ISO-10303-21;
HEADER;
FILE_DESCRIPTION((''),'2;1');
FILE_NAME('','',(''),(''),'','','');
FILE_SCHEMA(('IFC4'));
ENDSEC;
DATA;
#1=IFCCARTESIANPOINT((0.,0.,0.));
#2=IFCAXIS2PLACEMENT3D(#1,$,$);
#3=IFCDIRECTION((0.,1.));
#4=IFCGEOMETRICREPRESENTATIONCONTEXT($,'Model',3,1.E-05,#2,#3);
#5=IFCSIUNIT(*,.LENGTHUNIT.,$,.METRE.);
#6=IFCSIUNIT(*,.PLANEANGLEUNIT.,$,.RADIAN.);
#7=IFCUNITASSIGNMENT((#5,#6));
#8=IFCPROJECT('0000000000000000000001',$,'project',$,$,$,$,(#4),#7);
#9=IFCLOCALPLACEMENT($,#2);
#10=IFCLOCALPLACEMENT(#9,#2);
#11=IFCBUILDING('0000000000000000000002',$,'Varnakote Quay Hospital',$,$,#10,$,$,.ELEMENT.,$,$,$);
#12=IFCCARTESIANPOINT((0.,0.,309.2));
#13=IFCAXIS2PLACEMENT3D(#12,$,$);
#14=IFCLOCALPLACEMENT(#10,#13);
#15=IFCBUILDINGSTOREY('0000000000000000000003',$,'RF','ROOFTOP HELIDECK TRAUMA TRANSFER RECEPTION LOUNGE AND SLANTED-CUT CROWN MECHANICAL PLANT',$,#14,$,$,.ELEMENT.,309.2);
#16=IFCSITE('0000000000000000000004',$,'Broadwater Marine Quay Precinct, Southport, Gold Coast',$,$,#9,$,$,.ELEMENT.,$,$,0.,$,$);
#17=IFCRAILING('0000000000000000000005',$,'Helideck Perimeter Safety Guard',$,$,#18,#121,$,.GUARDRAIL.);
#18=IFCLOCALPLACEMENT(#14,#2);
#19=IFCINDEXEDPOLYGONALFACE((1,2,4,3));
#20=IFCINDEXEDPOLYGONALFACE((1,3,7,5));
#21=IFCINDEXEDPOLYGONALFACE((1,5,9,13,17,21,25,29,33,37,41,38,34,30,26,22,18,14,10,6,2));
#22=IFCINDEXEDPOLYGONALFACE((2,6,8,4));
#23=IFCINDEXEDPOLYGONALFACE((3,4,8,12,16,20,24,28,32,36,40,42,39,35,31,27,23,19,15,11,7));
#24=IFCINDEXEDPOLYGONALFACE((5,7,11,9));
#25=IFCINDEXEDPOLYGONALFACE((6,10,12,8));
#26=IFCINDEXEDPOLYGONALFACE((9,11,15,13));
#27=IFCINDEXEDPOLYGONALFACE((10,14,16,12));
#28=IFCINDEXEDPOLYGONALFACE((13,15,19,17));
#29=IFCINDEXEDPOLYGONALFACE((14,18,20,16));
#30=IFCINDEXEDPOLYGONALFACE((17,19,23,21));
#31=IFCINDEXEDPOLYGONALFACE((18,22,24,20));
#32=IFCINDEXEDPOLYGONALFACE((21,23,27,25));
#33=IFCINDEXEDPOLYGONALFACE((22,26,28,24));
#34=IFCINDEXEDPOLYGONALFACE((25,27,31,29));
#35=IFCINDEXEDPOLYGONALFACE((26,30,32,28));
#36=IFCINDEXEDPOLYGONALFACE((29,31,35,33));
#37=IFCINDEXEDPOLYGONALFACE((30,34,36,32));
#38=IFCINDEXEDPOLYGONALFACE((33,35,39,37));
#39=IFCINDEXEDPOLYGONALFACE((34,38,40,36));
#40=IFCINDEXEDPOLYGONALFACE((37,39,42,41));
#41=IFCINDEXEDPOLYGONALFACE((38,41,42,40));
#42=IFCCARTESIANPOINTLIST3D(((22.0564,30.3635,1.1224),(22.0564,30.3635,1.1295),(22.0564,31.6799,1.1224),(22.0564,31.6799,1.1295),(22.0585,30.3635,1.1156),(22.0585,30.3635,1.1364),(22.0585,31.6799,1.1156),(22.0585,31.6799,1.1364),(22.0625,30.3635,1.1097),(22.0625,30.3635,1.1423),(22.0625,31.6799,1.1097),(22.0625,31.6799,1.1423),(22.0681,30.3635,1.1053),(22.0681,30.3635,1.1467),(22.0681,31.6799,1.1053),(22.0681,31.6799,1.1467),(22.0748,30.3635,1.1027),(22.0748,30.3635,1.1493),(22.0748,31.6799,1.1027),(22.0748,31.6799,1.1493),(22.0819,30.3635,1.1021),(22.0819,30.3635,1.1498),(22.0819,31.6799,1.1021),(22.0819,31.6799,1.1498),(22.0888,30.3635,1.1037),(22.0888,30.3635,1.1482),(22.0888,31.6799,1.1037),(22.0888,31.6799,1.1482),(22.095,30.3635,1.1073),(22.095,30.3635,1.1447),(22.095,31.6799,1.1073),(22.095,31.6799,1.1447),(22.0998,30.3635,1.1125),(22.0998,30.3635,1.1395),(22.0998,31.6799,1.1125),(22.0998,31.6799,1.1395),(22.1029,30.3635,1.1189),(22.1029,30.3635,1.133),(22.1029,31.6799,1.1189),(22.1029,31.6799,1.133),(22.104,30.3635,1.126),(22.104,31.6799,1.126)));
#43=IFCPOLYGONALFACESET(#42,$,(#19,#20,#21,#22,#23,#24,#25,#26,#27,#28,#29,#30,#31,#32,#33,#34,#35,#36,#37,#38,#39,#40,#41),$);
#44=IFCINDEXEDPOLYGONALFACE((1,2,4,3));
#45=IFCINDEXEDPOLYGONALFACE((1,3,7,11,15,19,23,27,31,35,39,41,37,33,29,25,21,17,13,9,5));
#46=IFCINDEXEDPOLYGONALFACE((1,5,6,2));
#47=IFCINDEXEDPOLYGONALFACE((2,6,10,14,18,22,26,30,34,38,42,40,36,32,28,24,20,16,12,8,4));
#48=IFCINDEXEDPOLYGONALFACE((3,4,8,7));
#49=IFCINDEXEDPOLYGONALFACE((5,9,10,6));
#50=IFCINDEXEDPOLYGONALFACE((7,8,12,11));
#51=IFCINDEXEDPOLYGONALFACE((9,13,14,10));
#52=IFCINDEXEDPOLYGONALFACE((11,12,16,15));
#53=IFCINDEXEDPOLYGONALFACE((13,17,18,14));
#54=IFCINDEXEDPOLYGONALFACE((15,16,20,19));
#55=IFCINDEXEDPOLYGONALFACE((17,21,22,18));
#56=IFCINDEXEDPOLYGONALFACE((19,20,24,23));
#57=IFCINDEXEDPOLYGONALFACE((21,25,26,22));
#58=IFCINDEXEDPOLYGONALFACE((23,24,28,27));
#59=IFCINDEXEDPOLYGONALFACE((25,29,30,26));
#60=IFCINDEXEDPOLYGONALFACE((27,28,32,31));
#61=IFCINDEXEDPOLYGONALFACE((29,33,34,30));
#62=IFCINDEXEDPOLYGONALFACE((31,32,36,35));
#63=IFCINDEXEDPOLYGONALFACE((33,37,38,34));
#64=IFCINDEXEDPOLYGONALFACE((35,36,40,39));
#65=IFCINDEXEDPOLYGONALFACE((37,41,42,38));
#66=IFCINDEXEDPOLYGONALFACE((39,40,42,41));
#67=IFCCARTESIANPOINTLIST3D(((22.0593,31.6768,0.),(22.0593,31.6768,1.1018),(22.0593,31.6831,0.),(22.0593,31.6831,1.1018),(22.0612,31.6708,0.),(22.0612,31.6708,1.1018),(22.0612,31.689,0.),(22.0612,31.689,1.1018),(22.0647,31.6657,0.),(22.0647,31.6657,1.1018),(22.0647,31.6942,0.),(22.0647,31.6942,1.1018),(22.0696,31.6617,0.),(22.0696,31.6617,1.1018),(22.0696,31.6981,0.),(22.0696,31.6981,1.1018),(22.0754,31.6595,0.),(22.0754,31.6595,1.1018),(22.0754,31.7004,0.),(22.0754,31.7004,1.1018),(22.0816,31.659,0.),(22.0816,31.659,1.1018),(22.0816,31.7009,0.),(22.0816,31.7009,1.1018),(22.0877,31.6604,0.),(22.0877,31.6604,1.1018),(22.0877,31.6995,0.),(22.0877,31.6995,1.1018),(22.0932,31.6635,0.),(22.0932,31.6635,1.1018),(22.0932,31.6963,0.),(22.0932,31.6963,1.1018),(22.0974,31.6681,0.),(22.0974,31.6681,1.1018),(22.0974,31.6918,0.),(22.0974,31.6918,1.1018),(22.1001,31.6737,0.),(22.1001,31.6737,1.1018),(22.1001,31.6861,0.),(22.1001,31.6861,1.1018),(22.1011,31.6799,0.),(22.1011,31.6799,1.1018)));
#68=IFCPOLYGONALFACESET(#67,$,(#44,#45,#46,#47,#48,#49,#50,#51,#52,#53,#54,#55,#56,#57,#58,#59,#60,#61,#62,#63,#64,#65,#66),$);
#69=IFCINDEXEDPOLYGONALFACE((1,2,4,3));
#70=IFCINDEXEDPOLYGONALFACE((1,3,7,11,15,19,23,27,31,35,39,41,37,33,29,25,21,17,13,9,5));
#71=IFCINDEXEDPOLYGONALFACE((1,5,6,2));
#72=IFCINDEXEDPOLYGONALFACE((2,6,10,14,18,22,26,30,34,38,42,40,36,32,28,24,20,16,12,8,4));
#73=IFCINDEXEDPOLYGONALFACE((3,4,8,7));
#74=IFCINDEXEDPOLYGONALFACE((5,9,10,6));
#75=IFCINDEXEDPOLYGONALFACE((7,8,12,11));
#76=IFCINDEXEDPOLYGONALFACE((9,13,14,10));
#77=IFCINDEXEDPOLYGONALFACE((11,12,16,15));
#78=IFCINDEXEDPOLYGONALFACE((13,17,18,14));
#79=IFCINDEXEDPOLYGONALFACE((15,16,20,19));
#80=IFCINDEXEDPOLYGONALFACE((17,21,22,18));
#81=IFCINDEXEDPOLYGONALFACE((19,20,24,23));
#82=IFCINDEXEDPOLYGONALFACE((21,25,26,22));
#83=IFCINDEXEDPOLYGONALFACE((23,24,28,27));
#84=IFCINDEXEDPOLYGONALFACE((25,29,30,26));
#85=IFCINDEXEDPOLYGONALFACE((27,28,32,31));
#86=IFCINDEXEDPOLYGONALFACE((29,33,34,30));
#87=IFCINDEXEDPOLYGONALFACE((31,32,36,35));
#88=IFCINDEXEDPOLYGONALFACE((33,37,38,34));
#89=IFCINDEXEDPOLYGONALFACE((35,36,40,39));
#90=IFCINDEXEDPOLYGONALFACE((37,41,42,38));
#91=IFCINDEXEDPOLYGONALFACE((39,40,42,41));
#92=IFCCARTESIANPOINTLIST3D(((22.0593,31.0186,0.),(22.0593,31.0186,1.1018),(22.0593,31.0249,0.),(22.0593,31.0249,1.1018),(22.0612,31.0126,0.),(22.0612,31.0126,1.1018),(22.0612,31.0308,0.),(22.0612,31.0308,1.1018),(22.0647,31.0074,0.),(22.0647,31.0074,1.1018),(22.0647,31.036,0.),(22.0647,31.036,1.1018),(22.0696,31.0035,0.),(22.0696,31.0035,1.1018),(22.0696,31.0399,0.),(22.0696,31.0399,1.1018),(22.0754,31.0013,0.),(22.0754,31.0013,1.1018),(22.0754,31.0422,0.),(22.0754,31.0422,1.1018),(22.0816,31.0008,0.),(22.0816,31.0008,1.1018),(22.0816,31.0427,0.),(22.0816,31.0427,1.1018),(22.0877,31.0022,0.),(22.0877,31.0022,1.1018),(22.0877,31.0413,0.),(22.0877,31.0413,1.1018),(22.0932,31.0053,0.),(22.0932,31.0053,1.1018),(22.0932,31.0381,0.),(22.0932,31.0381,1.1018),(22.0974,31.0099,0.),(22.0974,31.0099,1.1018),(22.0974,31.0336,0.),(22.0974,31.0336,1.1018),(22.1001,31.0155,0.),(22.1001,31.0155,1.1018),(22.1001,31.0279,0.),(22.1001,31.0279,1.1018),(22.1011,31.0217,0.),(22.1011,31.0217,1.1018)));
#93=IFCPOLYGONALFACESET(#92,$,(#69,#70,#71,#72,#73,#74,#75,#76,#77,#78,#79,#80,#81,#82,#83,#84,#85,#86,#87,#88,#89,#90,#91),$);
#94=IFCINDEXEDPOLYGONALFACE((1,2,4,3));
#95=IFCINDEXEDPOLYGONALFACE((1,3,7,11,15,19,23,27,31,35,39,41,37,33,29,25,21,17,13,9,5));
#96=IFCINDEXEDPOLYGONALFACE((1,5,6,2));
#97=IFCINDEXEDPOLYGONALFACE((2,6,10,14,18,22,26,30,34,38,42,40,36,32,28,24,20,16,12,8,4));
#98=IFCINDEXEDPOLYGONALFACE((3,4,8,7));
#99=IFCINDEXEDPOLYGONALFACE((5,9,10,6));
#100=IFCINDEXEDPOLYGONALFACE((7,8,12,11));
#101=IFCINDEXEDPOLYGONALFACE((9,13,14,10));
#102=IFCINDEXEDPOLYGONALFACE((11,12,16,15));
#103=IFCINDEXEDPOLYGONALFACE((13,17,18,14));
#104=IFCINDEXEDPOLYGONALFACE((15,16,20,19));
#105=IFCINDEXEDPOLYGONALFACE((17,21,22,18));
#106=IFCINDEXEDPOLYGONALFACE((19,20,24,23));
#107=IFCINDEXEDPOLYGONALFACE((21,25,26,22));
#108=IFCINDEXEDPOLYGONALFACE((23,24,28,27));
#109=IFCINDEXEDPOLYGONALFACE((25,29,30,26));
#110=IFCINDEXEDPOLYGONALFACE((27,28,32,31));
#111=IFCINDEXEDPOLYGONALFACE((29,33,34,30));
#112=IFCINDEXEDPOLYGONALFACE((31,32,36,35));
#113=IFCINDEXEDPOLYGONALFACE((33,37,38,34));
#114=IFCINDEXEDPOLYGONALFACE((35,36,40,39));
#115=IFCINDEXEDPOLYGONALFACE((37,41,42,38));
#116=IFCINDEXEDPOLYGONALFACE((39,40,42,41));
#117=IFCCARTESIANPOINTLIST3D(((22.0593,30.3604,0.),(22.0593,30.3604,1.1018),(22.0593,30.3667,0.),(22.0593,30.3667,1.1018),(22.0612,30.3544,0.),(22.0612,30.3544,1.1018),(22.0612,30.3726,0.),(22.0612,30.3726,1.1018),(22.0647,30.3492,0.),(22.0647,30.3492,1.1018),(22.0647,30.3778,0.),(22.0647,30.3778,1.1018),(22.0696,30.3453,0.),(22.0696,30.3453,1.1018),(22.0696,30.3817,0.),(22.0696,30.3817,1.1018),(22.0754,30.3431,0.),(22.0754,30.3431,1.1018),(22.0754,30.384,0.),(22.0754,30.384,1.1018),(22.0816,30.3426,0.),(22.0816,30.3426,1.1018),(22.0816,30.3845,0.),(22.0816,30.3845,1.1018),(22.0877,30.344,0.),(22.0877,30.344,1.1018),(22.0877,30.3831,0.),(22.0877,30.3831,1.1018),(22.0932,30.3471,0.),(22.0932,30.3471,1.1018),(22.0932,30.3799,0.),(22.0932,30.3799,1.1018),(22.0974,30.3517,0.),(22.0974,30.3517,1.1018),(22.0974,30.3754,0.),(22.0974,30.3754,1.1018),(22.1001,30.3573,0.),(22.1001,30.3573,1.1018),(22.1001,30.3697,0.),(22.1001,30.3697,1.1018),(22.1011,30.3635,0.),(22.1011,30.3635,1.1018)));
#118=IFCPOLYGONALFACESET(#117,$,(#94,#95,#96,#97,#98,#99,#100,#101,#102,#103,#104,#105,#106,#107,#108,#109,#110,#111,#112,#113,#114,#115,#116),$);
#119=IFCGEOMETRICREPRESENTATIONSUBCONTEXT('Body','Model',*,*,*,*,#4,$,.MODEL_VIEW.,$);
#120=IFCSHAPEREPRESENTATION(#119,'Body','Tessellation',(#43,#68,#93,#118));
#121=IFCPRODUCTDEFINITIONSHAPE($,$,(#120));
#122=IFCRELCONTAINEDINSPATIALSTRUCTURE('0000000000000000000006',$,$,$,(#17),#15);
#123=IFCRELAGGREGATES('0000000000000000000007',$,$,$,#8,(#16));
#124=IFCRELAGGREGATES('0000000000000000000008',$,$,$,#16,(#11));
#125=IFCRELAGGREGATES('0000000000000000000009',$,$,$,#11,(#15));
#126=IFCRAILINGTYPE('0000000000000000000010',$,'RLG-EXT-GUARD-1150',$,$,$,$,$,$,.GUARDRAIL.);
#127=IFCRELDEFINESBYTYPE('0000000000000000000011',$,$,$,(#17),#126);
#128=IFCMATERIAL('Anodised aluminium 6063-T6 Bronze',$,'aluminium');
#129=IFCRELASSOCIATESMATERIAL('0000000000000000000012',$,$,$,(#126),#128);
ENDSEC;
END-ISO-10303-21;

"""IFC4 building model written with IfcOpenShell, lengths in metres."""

from ifc_helpers import new_model, si_unit, direction, frame, origin, origin_2d, place, context, subcontext, project, spatial, circle, extrude, material, type_object, element, save


model = new_model("IFC4")

# Units and contexts
model_context = context("Model", 3, precision=1e-05, world=origin(), true_north=direction((0.0, 1.0)))
body_context = subcontext(model_context, "Body", "Model", "MODEL_VIEW")
ifc_project = project(units=[si_unit("LENGTHUNIT", "METRE"), si_unit("PLANEANGLEUNIT", "RADIAN")], contexts=[model_context])

# Site, building, storey
site_placement = place(None, origin())
site = spatial("IfcSite", under=ifc_project, at=site_placement, Name="Broadwater Marine Quay Precinct, Southport, Gold Coast", CompositionType="ELEMENT", RefElevation=0.0)
building_placement = place(site_placement, origin())
building = spatial("IfcBuilding", under=site, at=building_placement, Name="Varnakote Quay Hospital", CompositionType="ELEMENT")
storey_placement = place(building_placement, frame((0.0, 0.0, 309.2)))
storey = spatial("IfcBuildingStorey", under=building, at=storey_placement, Name="RF", Description="ROOFTOP HELIDECK TRAUMA TRANSFER RECEPTION LOUNGE AND SLANTED-CUT CROWN MECHANICAL PLANT", CompositionType="ELEMENT", Elevation=309.2)

# Railing
ifc_material_1 = material(Name="Anodised aluminium 6063-T6 Bronze", Category="aluminium")
railing_type = type_object("IfcRailingType", Name="RLG-EXT-GUARD-1150", PredefinedType="GUARDRAIL", material=ifc_material_1)
railing_1_placement = place(storey_placement, frame((22.0801, 31.6799, 0.0)))
element("IfcRailing", 1, at=railing_1_placement, inside=storey, type_object=railing_type, Name="Helideck Perimeter Safety Guard", PredefinedType="GUARDRAIL", context=body_context, shape_type="SweptSolid", body=[
    extrude(circle(Radius=0.0239, at=origin_2d()), frame((0.0, 0.0, 1.126), z_axis=(0.0, -1.0, 0.0), x_axis=(1.0, 0.0, 0.0)), (0.0, 0.0, 1.0), 1.3164),
    extrude(circle(Radius=0.021, at=origin_2d()), origin(), (0.0, 0.0, 1.0), 1.1018),
    extrude(circle(Radius=0.021, at=origin_2d()), frame((0.0, -0.6582, 0.0)), (0.0, 0.0, 1.0), 1.1018),
    extrude(circle(Radius=0.021, at=origin_2d()), frame((0.0, -1.3164, 0.0)), (0.0, 0.0, 1.0), 1.1018),
])

save(model, "model.ifc")
